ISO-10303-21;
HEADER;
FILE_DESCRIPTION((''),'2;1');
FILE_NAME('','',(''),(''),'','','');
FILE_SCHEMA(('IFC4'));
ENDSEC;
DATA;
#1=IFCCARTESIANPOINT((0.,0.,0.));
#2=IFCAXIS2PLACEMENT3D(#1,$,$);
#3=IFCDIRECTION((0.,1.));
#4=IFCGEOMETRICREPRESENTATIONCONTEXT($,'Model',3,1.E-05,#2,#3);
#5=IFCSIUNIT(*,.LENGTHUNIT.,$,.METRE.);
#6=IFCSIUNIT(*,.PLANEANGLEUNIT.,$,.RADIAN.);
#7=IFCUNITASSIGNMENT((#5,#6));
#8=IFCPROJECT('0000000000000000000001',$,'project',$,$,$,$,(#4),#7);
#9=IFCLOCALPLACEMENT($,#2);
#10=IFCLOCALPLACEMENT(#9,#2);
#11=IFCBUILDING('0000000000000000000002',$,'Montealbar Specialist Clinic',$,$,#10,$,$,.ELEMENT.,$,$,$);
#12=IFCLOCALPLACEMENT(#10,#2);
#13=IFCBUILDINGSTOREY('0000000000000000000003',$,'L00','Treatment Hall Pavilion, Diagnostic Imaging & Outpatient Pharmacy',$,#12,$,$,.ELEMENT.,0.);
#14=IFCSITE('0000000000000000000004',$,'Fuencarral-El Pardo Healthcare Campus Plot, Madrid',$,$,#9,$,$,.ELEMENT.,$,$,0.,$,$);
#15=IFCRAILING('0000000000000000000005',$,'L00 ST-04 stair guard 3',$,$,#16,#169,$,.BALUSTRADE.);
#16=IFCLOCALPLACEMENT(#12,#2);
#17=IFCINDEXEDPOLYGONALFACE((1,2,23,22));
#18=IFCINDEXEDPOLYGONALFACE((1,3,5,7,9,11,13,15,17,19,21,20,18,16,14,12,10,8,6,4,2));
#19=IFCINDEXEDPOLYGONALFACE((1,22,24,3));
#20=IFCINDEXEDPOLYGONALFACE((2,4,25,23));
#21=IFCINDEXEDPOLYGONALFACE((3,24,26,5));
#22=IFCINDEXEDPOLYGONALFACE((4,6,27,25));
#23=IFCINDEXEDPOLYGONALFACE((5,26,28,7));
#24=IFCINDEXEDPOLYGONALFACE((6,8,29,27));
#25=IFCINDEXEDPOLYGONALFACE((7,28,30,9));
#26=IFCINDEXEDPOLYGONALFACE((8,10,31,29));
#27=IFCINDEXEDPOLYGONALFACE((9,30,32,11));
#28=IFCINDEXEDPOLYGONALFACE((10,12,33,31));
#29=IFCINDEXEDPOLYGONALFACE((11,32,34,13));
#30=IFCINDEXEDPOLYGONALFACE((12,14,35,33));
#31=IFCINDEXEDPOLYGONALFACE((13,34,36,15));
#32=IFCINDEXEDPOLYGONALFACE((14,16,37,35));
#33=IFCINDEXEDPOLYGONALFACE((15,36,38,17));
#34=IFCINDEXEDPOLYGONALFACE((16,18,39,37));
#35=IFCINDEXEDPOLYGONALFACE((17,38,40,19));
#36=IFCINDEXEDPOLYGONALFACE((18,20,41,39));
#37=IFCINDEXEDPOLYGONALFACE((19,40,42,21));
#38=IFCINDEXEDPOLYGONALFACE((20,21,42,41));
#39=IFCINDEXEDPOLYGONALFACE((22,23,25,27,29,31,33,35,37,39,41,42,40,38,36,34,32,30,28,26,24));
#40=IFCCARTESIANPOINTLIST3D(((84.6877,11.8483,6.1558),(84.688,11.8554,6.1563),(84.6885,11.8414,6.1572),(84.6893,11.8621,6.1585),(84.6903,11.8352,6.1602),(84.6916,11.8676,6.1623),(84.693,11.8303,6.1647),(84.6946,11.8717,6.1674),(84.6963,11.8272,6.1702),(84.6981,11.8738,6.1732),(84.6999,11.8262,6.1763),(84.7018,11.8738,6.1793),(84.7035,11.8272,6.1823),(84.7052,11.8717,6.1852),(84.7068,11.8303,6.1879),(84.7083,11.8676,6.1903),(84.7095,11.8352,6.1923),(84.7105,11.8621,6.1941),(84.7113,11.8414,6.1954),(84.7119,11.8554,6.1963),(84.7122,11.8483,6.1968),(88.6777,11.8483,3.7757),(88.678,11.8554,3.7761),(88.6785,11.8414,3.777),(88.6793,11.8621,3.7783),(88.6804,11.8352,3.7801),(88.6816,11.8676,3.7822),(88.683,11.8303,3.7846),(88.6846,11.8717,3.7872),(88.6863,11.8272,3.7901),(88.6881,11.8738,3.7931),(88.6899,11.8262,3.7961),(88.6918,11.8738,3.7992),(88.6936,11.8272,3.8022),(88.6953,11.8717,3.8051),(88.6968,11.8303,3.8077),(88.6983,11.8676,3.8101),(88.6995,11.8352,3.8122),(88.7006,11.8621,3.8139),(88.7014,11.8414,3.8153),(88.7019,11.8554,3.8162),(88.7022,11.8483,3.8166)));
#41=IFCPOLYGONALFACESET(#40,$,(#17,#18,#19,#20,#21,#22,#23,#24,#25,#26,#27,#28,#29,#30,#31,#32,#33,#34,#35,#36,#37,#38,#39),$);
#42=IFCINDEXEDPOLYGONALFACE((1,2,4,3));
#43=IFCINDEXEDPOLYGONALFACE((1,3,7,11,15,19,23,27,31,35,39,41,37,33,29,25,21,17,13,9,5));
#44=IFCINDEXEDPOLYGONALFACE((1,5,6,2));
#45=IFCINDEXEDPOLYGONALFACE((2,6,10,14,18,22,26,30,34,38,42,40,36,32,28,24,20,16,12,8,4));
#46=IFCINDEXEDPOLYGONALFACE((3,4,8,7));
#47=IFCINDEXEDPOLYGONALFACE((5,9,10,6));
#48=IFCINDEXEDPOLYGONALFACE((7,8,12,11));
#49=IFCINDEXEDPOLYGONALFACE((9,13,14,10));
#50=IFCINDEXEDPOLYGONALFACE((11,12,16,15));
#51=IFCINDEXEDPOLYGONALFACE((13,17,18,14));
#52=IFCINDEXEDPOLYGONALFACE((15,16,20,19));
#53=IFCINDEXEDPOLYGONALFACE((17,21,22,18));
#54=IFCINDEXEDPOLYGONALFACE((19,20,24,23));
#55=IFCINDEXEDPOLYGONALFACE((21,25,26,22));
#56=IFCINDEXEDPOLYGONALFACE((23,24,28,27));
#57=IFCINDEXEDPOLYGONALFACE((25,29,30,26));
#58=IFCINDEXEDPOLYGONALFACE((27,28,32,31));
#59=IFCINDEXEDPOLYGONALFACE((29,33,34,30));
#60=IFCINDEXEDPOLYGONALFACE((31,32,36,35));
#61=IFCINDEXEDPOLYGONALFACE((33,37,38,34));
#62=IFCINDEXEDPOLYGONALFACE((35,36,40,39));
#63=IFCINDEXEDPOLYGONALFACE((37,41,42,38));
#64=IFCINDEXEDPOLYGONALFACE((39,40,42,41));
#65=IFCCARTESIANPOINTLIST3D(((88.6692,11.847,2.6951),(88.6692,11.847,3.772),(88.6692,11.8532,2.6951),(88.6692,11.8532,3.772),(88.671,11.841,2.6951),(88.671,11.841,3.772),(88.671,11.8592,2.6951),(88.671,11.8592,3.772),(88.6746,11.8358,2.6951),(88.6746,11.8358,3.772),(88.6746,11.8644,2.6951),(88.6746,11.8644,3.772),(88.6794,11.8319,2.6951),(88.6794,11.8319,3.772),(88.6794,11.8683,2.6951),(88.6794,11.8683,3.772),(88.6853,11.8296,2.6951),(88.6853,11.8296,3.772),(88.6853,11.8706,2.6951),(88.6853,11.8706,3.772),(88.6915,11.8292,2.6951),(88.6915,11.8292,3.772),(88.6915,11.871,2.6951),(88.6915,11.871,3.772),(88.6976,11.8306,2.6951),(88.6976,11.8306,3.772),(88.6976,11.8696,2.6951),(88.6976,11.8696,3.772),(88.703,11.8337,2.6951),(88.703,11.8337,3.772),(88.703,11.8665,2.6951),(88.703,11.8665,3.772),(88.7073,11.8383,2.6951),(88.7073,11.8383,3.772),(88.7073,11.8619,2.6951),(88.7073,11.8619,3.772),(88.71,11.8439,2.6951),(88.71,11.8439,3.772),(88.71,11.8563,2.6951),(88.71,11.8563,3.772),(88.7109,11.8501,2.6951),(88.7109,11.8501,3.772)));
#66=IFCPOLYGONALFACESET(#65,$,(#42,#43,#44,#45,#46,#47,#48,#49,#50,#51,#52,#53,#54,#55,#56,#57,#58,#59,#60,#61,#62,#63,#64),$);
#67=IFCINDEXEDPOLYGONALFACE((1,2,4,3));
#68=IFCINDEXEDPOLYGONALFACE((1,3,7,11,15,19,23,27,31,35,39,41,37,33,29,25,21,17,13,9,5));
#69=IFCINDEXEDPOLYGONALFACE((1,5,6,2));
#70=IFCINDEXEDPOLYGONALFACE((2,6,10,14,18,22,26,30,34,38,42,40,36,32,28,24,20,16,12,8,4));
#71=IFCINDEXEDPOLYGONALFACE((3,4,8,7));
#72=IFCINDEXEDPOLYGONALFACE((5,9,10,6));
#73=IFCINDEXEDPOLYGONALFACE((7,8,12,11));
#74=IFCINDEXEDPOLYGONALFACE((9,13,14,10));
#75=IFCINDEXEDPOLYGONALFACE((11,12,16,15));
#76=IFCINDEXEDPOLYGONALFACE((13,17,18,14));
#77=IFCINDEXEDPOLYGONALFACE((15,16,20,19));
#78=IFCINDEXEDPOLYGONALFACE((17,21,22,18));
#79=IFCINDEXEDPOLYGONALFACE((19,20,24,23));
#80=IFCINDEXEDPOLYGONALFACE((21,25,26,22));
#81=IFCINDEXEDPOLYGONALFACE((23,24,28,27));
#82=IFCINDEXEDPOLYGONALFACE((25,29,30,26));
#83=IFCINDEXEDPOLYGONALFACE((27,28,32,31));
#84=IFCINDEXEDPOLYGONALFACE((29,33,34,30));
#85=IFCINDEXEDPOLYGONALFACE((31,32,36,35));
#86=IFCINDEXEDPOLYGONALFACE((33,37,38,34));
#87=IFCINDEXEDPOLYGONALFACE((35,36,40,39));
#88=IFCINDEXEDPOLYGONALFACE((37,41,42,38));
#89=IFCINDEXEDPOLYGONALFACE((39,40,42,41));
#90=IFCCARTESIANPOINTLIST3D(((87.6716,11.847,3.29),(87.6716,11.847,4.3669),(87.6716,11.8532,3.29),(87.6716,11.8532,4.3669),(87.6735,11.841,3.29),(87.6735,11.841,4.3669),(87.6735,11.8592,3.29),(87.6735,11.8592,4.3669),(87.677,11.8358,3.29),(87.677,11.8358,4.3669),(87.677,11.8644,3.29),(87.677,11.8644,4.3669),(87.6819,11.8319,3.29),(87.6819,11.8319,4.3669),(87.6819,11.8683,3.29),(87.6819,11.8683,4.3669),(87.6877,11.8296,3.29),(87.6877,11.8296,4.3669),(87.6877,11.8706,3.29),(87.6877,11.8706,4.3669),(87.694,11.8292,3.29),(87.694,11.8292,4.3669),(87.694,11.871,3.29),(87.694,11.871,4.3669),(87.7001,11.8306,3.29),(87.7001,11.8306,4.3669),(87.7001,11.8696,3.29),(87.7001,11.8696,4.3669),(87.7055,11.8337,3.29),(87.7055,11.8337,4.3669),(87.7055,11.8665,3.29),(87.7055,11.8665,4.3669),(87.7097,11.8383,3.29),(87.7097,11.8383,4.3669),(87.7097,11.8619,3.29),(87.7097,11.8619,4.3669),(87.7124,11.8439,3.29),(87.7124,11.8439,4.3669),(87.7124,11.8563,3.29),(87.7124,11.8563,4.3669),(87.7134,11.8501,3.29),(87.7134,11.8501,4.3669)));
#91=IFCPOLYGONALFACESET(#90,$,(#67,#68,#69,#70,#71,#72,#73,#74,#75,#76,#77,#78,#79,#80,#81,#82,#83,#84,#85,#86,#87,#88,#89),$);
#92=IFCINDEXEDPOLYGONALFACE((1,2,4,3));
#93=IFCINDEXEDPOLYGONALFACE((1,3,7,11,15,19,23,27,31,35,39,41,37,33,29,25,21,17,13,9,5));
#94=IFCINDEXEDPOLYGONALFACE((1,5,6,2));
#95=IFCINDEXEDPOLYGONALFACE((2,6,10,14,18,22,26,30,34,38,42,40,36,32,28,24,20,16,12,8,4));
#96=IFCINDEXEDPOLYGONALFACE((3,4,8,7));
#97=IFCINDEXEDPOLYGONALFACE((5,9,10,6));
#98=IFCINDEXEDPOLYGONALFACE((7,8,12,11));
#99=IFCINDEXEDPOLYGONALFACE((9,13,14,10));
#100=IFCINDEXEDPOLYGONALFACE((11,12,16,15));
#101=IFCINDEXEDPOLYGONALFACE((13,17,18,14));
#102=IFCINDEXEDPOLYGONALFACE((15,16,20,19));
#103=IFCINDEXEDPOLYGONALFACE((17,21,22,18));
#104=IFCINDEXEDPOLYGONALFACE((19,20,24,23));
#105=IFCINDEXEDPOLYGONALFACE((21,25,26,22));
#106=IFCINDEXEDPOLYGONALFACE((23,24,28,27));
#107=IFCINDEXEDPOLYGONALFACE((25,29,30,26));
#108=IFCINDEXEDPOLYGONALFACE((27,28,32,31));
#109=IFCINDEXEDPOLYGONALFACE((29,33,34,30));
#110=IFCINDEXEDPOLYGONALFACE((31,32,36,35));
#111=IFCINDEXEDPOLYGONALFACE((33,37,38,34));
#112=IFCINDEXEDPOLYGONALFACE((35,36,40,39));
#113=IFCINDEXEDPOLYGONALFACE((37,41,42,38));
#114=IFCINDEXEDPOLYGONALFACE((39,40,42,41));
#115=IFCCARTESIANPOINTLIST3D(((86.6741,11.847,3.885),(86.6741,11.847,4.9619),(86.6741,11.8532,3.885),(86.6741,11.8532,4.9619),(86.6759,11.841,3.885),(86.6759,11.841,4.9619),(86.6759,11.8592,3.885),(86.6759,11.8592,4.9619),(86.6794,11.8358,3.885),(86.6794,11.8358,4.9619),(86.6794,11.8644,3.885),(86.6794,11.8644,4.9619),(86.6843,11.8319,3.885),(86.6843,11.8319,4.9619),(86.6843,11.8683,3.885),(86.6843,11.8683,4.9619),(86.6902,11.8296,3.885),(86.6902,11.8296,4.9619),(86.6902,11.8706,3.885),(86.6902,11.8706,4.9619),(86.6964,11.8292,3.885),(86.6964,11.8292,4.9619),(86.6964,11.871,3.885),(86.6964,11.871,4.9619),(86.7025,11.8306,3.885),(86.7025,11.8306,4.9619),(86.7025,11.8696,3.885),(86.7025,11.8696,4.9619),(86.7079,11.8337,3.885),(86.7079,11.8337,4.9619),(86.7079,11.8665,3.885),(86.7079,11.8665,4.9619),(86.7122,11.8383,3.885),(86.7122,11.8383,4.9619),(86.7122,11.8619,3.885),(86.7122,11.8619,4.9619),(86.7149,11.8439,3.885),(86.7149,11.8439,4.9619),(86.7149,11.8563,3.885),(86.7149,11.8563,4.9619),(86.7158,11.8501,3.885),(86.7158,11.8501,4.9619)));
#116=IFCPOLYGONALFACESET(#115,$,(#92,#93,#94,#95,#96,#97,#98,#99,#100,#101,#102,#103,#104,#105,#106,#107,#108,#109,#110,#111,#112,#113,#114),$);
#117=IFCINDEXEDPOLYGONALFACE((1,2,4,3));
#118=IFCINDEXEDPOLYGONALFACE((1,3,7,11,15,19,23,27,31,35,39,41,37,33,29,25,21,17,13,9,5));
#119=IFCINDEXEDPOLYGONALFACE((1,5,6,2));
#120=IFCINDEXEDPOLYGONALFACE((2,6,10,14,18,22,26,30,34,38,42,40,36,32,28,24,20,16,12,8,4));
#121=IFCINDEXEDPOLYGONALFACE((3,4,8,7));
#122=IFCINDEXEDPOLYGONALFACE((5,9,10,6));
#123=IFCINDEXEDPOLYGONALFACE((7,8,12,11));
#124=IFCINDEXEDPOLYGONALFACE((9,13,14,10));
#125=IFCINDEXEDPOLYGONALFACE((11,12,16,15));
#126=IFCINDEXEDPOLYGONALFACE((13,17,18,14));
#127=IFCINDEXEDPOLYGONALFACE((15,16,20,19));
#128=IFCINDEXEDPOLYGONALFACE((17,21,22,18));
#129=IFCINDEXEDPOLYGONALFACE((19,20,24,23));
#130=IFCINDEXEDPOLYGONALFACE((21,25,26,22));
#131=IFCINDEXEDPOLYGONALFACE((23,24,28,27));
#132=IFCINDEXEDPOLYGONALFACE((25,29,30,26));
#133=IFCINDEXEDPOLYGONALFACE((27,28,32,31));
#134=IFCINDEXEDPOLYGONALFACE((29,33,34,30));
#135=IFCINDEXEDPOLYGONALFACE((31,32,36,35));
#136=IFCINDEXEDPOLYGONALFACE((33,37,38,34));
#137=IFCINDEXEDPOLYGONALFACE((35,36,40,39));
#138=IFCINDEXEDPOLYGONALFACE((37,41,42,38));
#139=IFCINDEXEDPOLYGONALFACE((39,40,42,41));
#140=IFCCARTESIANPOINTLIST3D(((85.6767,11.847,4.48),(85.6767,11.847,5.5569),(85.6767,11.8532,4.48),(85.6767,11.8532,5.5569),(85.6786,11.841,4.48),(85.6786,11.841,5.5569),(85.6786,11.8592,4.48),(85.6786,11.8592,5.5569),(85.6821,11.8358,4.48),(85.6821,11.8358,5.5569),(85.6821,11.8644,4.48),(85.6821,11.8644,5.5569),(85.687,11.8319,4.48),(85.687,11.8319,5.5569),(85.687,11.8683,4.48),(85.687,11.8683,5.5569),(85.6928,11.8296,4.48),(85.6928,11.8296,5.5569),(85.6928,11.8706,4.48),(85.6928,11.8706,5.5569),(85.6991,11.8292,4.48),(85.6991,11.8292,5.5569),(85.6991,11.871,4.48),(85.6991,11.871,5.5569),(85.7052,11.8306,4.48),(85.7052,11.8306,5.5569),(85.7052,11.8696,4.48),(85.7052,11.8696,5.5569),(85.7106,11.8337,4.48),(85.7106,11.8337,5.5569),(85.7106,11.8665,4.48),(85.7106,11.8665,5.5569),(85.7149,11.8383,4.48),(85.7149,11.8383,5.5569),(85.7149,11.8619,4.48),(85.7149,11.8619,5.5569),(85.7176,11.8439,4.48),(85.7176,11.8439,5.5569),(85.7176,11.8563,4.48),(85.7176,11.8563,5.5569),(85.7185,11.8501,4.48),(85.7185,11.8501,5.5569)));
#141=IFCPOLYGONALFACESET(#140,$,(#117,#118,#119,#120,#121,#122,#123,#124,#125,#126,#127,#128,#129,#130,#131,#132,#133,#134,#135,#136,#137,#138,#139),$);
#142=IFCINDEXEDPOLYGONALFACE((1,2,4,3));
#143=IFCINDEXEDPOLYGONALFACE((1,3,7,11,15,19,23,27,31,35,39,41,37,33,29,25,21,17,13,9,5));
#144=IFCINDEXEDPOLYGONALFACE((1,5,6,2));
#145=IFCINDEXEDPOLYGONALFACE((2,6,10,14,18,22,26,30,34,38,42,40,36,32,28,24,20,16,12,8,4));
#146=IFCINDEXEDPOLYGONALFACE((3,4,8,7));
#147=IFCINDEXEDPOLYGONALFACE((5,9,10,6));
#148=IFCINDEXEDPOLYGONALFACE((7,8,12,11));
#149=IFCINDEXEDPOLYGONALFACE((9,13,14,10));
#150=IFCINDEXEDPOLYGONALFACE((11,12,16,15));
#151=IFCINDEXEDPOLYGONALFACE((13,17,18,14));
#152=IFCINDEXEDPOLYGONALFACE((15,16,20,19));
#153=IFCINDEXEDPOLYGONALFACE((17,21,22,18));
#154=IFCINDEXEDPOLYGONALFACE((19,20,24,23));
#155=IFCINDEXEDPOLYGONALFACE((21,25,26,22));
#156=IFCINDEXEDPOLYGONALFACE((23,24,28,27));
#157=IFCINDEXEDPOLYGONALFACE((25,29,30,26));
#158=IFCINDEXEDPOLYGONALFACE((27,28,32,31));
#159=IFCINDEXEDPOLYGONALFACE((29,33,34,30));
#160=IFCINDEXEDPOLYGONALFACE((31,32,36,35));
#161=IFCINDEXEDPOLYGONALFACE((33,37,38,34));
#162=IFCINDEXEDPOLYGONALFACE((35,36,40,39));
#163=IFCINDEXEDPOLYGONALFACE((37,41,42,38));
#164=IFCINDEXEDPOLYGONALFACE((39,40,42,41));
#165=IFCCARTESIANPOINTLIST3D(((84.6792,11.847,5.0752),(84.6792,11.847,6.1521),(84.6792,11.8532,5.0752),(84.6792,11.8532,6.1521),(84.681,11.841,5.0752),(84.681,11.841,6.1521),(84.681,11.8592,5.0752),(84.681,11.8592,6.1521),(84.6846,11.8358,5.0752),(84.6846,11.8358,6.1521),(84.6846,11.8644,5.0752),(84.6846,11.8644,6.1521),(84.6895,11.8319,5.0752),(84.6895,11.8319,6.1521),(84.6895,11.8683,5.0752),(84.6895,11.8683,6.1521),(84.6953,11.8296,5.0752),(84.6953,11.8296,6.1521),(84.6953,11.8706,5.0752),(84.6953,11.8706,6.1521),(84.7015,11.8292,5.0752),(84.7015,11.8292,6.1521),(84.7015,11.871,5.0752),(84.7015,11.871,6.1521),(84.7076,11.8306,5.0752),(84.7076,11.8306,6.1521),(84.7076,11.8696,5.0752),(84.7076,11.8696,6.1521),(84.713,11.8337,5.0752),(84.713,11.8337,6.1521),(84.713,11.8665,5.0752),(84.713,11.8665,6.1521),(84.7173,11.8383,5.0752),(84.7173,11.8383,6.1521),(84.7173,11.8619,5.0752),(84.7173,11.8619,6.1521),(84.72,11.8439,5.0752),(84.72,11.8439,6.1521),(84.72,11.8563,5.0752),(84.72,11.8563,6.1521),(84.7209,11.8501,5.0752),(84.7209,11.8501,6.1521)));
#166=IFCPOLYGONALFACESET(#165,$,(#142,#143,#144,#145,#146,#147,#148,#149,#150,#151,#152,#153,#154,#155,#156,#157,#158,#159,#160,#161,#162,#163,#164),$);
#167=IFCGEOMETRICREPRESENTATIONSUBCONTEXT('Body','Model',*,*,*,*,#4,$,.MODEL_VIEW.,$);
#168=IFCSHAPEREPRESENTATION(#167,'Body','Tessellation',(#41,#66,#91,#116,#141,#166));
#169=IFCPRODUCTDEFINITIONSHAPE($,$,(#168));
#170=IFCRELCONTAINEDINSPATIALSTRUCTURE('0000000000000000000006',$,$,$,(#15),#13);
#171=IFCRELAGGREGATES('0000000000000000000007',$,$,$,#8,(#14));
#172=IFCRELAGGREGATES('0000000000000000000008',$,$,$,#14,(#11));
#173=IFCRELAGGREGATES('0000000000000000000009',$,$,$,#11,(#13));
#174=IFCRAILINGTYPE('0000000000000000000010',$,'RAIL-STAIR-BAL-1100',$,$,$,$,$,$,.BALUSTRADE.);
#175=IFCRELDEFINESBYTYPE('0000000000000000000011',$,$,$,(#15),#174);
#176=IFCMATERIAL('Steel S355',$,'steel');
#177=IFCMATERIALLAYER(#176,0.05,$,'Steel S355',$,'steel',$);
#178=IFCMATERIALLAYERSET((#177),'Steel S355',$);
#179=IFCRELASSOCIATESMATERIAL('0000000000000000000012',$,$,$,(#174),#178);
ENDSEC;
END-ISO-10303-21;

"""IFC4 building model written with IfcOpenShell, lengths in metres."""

from ifc_helpers import new_model, si_unit, direction, frame, origin, origin_2d, place, context, subcontext, project, spatial, circle, extrude, material, layer, layer_set, type_object, element, save


model = new_model("IFC4")

# Units and contexts
model_context = context("Model", 3, precision=1e-05, world=origin(), true_north=direction((0.0, 1.0)))
body_context = subcontext(model_context, "Body", "Model", "MODEL_VIEW")
ifc_project = project(units=[si_unit("LENGTHUNIT", "METRE"), si_unit("PLANEANGLEUNIT", "RADIAN")], contexts=[model_context])

# Site, building, storey
site_placement = place(None, origin())
site = spatial("IfcSite", under=ifc_project, at=site_placement, Name="Fuencarral-El Pardo Healthcare Campus Plot, Madrid", CompositionType="ELEMENT", RefElevation=0.0)
building_placement = place(site_placement, origin())
building = spatial("IfcBuilding", under=site, at=building_placement, Name="Montealbar Specialist Clinic", CompositionType="ELEMENT")
storey_placement = place(building_placement, origin())
storey = spatial("IfcBuildingStorey", under=building, at=storey_placement, Name="L00", Description="Treatment Hall Pavilion, Diagnostic Imaging & Outpatient Pharmacy", CompositionType="ELEMENT", Elevation=0.0)

# Shared definitions
ifc_material_1 = material(Name="Steel S355", Category="steel")

# Railing
ifc_layer_1 = layer(ifc_material_1, 0.05, Name="Steel S355", Category="steel")
ifc_layer_set_1 = layer_set([ifc_layer_1], Name="Steel S355")
railing_type_1 = type_object("IfcRailingType", Name="RAIL-STAIR-BAL-1100", PredefinedType="BALUSTRADE", material=ifc_layer_set_1)
railing_1_placement = place(storey_placement, frame((88.6899, 11.8501, 2.72)))
element("IfcRailing", 1, at=railing_1_placement, inside=storey, type_object=railing_type_1, Name="L00 ST-04 stair guard 3", PredefinedType="BALUSTRADE", context=body_context, shape_type="SweptSolid", body=[
    extrude(circle(Radius=0.0239, at=origin_2d()), frame((0.0, 0.0, 1.0762), z_axis=(-0.858807, 0.0, 0.512299), x_axis=(0.0, -1.0, 0.0)), (0.0, 0.0, 1.0), 4.646),
    extrude(circle(Radius=0.021, at=origin_2d()), frame((0.0, 0.0, -0.0249)), (0.0, 0.0, 1.0), 1.0769),
    extrude(circle(Radius=0.021, at=origin_2d()), frame((-0.9976, 0.0, 0.5701)), (0.0, 0.0, 1.0), 1.0769),
    extrude(circle(Radius=0.021, at=origin_2d()), frame((-1.9951, 0.0, 1.165)), (0.0, 0.0, 1.0), 1.0769),
    extrude(circle(Radius=0.021, at=origin_2d()), frame((-2.9924, 0.0, 1.76)), (0.0, 0.0, 1.0), 1.0769),
    extrude(circle(Radius=0.021, at=origin_2d()), frame((-3.99, 0.0, 2.3552)), (0.0, 0.0, 1.0), 1.0769),
])

save(model, "model.ifc")
